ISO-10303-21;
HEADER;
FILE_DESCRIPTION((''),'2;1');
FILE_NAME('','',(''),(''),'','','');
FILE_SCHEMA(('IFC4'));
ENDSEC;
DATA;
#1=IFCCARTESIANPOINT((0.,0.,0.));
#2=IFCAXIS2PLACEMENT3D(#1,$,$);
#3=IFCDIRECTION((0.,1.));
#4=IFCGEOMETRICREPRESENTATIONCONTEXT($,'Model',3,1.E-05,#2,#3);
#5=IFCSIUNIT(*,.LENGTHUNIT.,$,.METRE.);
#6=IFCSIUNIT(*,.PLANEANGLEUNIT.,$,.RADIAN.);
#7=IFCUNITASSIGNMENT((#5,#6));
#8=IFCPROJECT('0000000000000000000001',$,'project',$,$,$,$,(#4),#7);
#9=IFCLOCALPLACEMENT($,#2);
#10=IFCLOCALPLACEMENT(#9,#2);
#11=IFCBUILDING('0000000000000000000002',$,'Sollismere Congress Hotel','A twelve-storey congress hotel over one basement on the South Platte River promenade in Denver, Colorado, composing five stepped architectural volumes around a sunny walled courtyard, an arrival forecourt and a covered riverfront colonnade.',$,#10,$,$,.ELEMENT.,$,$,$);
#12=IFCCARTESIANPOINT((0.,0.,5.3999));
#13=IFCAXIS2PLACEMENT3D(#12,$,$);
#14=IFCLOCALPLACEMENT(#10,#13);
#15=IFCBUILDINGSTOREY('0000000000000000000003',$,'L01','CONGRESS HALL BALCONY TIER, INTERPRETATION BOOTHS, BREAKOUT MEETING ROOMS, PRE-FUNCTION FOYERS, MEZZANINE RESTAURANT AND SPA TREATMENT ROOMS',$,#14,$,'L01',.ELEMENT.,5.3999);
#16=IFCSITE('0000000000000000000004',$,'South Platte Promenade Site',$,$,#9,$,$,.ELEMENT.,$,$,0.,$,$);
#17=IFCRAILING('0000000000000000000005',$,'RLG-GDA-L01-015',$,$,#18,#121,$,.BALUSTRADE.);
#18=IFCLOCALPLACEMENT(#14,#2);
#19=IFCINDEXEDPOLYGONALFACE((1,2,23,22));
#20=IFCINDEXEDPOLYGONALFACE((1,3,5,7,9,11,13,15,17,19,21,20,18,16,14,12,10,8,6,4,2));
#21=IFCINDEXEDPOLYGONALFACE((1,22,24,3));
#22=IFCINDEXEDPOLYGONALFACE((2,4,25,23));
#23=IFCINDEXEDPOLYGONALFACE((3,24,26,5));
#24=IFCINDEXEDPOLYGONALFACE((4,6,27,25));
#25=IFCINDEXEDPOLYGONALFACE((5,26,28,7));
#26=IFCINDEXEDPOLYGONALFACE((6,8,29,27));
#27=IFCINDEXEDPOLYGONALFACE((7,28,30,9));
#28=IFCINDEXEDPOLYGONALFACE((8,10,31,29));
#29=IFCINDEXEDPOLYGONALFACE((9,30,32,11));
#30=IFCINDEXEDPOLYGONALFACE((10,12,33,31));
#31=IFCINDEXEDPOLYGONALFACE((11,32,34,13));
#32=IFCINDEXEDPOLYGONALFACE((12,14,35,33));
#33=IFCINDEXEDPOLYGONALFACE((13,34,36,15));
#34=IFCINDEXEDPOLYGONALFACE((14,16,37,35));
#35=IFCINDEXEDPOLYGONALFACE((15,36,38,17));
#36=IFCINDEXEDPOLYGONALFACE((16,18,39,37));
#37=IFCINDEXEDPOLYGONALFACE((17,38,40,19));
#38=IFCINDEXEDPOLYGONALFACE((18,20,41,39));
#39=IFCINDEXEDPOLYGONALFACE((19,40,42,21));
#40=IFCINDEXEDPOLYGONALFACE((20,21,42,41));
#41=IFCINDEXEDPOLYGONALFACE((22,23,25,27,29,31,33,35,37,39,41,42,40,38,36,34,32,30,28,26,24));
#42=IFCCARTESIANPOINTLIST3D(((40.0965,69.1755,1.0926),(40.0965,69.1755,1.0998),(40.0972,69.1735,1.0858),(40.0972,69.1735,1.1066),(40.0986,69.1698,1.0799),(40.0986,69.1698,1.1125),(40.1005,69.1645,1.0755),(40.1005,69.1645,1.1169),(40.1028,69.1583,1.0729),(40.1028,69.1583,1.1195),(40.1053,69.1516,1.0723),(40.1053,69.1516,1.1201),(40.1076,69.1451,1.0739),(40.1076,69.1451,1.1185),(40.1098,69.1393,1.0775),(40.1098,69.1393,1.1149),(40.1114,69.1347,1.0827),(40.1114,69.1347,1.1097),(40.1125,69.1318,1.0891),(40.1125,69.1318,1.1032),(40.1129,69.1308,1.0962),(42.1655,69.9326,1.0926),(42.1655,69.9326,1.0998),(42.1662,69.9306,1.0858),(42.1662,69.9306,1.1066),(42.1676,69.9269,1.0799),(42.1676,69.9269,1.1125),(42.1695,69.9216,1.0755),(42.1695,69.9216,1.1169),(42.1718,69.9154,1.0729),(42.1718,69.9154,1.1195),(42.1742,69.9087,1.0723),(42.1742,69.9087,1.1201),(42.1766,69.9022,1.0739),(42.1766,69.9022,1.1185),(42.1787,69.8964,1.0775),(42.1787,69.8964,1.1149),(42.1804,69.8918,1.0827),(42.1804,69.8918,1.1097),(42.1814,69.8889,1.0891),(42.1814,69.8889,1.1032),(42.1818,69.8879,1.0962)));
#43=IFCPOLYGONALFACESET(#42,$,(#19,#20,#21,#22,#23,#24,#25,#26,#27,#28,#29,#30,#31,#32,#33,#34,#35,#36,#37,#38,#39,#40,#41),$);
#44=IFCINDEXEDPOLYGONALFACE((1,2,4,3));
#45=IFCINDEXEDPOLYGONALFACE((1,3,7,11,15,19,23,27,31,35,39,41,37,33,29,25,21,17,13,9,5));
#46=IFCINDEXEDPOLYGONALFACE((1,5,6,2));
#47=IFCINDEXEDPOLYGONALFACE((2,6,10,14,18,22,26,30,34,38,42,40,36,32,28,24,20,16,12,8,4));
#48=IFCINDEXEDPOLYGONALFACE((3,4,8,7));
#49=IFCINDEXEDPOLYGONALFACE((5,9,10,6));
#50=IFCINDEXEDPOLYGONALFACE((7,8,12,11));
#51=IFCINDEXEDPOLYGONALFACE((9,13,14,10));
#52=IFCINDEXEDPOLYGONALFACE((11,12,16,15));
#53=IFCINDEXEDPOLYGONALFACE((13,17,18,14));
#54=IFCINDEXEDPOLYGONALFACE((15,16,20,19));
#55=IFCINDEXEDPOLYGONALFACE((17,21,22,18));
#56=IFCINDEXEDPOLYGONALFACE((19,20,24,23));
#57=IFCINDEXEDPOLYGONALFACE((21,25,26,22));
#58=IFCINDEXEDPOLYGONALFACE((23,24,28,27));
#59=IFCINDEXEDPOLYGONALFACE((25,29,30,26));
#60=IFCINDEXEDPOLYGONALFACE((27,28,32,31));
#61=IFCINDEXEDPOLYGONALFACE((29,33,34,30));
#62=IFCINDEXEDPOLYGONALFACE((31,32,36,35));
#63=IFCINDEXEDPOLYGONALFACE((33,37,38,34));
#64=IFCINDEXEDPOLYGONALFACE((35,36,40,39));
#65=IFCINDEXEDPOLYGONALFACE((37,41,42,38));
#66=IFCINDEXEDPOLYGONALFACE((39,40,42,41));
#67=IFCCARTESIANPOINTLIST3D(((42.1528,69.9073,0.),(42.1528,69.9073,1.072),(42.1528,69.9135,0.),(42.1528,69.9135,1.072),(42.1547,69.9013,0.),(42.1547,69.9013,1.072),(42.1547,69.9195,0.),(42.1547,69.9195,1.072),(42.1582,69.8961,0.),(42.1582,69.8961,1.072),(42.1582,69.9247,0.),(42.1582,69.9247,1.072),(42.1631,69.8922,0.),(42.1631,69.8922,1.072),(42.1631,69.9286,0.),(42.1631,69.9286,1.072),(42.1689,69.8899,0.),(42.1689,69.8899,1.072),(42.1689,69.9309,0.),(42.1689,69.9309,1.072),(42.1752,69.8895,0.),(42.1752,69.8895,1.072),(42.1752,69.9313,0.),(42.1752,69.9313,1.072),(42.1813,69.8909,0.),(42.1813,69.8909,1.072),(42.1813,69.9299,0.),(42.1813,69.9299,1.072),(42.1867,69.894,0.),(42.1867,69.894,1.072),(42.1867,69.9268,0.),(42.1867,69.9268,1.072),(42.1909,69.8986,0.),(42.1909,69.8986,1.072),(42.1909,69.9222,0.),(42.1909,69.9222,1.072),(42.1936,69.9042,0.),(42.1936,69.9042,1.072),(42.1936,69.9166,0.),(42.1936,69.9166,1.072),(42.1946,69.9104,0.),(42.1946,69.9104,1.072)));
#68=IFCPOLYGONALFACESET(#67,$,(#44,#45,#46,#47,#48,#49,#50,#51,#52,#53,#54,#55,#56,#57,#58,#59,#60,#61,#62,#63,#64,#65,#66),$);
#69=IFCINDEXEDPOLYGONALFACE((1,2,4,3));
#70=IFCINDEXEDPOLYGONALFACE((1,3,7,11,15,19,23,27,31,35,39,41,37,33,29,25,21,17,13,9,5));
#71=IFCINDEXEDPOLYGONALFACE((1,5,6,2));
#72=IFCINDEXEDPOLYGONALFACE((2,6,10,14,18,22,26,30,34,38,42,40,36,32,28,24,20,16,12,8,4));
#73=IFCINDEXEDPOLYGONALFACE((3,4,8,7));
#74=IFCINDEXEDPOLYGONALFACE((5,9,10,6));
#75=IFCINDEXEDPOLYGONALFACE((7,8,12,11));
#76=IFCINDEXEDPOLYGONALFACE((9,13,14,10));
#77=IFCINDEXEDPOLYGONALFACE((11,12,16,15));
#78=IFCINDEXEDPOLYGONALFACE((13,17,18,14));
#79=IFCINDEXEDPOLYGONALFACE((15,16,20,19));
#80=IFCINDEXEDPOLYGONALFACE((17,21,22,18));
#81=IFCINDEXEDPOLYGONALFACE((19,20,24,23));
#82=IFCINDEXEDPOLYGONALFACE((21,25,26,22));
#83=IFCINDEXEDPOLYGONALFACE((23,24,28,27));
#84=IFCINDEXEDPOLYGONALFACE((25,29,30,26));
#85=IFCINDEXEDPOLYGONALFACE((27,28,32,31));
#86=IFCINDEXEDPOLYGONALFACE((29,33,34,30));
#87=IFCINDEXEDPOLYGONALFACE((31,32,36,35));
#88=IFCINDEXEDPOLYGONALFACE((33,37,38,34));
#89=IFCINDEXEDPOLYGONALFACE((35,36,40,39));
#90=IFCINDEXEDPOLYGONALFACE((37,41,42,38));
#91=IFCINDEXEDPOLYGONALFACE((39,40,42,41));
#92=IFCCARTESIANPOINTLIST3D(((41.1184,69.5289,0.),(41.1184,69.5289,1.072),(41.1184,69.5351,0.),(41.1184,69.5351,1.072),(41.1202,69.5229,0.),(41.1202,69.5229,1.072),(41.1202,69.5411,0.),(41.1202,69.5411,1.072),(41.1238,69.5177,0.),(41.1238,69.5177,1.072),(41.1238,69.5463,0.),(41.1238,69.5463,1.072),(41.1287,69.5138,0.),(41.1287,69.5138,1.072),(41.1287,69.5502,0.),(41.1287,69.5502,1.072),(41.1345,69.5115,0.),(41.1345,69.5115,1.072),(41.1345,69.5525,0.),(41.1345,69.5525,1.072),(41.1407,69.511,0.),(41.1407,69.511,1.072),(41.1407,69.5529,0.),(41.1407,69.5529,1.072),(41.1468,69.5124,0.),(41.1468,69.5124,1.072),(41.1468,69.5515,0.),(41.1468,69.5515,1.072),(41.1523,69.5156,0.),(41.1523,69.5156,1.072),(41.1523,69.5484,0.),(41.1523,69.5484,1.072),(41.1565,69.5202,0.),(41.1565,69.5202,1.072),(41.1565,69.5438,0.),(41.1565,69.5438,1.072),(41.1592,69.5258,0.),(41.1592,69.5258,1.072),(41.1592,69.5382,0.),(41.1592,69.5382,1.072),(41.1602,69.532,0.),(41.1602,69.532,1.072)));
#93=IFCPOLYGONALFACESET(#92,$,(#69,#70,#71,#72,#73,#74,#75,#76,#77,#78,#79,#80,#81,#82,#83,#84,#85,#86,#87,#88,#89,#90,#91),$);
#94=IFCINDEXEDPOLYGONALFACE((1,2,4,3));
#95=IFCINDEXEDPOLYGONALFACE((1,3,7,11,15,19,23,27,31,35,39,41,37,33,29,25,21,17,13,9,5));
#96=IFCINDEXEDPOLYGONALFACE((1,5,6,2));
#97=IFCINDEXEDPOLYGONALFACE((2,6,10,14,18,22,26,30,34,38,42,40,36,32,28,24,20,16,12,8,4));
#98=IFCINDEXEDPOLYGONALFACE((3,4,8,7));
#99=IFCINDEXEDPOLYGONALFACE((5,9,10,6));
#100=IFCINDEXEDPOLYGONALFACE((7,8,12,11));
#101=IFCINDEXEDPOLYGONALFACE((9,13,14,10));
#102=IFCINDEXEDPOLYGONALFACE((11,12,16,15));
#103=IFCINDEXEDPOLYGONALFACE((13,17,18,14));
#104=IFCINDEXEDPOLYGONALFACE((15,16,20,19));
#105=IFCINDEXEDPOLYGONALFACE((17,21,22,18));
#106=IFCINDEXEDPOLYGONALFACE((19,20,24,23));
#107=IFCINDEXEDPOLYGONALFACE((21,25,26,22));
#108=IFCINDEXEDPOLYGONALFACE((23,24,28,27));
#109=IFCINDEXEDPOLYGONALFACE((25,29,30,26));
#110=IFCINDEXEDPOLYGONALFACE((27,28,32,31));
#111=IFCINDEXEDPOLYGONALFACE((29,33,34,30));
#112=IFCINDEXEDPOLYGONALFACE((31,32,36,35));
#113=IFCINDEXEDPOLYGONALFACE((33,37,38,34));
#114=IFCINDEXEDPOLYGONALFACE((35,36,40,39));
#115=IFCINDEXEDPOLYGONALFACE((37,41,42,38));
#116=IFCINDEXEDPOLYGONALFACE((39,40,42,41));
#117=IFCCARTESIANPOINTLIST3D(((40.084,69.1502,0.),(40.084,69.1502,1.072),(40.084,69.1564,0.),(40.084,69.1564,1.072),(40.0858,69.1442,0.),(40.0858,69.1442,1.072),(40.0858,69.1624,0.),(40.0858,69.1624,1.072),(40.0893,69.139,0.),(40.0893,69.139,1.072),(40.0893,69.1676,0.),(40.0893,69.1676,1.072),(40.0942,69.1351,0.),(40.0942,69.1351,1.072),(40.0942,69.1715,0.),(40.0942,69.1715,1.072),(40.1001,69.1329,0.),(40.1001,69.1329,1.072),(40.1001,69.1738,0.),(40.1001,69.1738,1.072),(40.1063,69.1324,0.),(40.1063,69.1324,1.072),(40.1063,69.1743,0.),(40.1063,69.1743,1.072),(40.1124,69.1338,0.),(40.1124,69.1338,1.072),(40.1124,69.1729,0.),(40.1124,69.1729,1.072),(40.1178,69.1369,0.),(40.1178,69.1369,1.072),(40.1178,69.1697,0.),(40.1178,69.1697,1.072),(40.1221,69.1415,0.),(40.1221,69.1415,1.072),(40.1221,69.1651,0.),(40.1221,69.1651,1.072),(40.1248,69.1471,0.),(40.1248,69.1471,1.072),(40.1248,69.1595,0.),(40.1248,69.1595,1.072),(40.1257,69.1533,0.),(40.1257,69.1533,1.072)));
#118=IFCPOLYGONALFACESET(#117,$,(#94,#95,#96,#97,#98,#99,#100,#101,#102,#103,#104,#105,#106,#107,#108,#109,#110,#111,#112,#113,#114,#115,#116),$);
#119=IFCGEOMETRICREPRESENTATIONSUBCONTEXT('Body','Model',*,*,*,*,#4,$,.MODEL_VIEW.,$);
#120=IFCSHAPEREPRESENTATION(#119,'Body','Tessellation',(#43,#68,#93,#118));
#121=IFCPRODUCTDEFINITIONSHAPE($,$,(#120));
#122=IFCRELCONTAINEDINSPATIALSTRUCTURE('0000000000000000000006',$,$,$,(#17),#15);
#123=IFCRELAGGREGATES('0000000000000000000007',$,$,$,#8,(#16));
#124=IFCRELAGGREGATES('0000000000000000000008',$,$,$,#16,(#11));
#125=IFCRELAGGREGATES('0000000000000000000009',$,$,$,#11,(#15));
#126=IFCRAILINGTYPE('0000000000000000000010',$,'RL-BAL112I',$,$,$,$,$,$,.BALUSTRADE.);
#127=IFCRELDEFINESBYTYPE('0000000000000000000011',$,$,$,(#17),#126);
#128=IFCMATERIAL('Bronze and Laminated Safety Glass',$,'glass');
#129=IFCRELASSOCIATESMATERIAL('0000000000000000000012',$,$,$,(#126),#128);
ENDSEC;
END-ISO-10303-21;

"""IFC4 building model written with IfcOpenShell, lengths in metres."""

from ifc_helpers import new_model, si_unit, direction, frame, origin, origin_2d, place, context, subcontext, project, spatial, circle, extrude, material, type_object, element, save


model = new_model("IFC4")

# Units and contexts
model_context = context("Model", 3, precision=1e-05, world=origin(), true_north=direction((0.0, 1.0)))
body_context = subcontext(model_context, "Body", "Model", "MODEL_VIEW")
ifc_project = project(units=[si_unit("LENGTHUNIT", "METRE"), si_unit("PLANEANGLEUNIT", "RADIAN")], contexts=[model_context])

# Site, building, storey
site_placement = place(None, origin())
site = spatial("IfcSite", under=ifc_project, at=site_placement, Name="South Platte Promenade Site", CompositionType="ELEMENT", RefElevation=0.0)
building_placement = place(site_placement, origin())
building = spatial("IfcBuilding", under=site, at=building_placement, Name="Sollismere Congress Hotel", Description="A twelve-storey congress hotel over one basement on the South Platte River promenade in Denver, Colorado, composing five stepped architectural volumes around a sunny walled courtyard, an arrival forecourt and a covered riverfront colonnade.", CompositionType="ELEMENT")
storey_placement = place(building_placement, frame((0.0, 0.0, 5.3999)))
storey = spatial("IfcBuildingStorey", under=building, at=storey_placement, Name="L01", Description="CONGRESS HALL BALCONY TIER, INTERPRETATION BOOTHS, BREAKOUT MEETING ROOMS, PRE-FUNCTION FOYERS, MEZZANINE RESTAURANT AND SPA TREATMENT ROOMS", LongName="L01", CompositionType="ELEMENT", Elevation=5.3999)

# Railing
ifc_material_1 = material(Name="Bronze and Laminated Safety Glass", Category="glass")
railing_type = type_object("IfcRailingType", Name="RL-BAL112I", PredefinedType="BALUSTRADE", material=ifc_material_1)
railing_1_placement = place(storey_placement, frame((42.1736, 69.9104, 0.0)))
element("IfcRailing", 1, at=railing_1_placement, inside=storey, type_object=railing_type, Name="RLG-GDA-L01-015", PredefinedType="BALUSTRADE", context=body_context, shape_type="SweptSolid", body=[
    extrude(circle(Radius=0.0239, at=origin_2d()), frame((0.0, 0.0, 1.0962), z_axis=(-0.939096, -0.343655, 0.0), x_axis=(0.343655, -0.939096, 0.0)), (0.0, 0.0, 1.0), 2.2031),
    extrude(circle(Radius=0.021, at=origin_2d()), origin(), (0.0, 0.0, 1.0), 1.072),
    extrude(circle(Radius=0.021, at=origin_2d()), frame((-1.0344, -0.3784, 0.0)), (0.0, 0.0, 1.0), 1.072),
    extrude(circle(Radius=0.021, at=origin_2d()), frame((-2.0688, -0.7571, 0.0)), (0.0, 0.0, 1.0), 1.072),
])

save(model, "model.ifc")
